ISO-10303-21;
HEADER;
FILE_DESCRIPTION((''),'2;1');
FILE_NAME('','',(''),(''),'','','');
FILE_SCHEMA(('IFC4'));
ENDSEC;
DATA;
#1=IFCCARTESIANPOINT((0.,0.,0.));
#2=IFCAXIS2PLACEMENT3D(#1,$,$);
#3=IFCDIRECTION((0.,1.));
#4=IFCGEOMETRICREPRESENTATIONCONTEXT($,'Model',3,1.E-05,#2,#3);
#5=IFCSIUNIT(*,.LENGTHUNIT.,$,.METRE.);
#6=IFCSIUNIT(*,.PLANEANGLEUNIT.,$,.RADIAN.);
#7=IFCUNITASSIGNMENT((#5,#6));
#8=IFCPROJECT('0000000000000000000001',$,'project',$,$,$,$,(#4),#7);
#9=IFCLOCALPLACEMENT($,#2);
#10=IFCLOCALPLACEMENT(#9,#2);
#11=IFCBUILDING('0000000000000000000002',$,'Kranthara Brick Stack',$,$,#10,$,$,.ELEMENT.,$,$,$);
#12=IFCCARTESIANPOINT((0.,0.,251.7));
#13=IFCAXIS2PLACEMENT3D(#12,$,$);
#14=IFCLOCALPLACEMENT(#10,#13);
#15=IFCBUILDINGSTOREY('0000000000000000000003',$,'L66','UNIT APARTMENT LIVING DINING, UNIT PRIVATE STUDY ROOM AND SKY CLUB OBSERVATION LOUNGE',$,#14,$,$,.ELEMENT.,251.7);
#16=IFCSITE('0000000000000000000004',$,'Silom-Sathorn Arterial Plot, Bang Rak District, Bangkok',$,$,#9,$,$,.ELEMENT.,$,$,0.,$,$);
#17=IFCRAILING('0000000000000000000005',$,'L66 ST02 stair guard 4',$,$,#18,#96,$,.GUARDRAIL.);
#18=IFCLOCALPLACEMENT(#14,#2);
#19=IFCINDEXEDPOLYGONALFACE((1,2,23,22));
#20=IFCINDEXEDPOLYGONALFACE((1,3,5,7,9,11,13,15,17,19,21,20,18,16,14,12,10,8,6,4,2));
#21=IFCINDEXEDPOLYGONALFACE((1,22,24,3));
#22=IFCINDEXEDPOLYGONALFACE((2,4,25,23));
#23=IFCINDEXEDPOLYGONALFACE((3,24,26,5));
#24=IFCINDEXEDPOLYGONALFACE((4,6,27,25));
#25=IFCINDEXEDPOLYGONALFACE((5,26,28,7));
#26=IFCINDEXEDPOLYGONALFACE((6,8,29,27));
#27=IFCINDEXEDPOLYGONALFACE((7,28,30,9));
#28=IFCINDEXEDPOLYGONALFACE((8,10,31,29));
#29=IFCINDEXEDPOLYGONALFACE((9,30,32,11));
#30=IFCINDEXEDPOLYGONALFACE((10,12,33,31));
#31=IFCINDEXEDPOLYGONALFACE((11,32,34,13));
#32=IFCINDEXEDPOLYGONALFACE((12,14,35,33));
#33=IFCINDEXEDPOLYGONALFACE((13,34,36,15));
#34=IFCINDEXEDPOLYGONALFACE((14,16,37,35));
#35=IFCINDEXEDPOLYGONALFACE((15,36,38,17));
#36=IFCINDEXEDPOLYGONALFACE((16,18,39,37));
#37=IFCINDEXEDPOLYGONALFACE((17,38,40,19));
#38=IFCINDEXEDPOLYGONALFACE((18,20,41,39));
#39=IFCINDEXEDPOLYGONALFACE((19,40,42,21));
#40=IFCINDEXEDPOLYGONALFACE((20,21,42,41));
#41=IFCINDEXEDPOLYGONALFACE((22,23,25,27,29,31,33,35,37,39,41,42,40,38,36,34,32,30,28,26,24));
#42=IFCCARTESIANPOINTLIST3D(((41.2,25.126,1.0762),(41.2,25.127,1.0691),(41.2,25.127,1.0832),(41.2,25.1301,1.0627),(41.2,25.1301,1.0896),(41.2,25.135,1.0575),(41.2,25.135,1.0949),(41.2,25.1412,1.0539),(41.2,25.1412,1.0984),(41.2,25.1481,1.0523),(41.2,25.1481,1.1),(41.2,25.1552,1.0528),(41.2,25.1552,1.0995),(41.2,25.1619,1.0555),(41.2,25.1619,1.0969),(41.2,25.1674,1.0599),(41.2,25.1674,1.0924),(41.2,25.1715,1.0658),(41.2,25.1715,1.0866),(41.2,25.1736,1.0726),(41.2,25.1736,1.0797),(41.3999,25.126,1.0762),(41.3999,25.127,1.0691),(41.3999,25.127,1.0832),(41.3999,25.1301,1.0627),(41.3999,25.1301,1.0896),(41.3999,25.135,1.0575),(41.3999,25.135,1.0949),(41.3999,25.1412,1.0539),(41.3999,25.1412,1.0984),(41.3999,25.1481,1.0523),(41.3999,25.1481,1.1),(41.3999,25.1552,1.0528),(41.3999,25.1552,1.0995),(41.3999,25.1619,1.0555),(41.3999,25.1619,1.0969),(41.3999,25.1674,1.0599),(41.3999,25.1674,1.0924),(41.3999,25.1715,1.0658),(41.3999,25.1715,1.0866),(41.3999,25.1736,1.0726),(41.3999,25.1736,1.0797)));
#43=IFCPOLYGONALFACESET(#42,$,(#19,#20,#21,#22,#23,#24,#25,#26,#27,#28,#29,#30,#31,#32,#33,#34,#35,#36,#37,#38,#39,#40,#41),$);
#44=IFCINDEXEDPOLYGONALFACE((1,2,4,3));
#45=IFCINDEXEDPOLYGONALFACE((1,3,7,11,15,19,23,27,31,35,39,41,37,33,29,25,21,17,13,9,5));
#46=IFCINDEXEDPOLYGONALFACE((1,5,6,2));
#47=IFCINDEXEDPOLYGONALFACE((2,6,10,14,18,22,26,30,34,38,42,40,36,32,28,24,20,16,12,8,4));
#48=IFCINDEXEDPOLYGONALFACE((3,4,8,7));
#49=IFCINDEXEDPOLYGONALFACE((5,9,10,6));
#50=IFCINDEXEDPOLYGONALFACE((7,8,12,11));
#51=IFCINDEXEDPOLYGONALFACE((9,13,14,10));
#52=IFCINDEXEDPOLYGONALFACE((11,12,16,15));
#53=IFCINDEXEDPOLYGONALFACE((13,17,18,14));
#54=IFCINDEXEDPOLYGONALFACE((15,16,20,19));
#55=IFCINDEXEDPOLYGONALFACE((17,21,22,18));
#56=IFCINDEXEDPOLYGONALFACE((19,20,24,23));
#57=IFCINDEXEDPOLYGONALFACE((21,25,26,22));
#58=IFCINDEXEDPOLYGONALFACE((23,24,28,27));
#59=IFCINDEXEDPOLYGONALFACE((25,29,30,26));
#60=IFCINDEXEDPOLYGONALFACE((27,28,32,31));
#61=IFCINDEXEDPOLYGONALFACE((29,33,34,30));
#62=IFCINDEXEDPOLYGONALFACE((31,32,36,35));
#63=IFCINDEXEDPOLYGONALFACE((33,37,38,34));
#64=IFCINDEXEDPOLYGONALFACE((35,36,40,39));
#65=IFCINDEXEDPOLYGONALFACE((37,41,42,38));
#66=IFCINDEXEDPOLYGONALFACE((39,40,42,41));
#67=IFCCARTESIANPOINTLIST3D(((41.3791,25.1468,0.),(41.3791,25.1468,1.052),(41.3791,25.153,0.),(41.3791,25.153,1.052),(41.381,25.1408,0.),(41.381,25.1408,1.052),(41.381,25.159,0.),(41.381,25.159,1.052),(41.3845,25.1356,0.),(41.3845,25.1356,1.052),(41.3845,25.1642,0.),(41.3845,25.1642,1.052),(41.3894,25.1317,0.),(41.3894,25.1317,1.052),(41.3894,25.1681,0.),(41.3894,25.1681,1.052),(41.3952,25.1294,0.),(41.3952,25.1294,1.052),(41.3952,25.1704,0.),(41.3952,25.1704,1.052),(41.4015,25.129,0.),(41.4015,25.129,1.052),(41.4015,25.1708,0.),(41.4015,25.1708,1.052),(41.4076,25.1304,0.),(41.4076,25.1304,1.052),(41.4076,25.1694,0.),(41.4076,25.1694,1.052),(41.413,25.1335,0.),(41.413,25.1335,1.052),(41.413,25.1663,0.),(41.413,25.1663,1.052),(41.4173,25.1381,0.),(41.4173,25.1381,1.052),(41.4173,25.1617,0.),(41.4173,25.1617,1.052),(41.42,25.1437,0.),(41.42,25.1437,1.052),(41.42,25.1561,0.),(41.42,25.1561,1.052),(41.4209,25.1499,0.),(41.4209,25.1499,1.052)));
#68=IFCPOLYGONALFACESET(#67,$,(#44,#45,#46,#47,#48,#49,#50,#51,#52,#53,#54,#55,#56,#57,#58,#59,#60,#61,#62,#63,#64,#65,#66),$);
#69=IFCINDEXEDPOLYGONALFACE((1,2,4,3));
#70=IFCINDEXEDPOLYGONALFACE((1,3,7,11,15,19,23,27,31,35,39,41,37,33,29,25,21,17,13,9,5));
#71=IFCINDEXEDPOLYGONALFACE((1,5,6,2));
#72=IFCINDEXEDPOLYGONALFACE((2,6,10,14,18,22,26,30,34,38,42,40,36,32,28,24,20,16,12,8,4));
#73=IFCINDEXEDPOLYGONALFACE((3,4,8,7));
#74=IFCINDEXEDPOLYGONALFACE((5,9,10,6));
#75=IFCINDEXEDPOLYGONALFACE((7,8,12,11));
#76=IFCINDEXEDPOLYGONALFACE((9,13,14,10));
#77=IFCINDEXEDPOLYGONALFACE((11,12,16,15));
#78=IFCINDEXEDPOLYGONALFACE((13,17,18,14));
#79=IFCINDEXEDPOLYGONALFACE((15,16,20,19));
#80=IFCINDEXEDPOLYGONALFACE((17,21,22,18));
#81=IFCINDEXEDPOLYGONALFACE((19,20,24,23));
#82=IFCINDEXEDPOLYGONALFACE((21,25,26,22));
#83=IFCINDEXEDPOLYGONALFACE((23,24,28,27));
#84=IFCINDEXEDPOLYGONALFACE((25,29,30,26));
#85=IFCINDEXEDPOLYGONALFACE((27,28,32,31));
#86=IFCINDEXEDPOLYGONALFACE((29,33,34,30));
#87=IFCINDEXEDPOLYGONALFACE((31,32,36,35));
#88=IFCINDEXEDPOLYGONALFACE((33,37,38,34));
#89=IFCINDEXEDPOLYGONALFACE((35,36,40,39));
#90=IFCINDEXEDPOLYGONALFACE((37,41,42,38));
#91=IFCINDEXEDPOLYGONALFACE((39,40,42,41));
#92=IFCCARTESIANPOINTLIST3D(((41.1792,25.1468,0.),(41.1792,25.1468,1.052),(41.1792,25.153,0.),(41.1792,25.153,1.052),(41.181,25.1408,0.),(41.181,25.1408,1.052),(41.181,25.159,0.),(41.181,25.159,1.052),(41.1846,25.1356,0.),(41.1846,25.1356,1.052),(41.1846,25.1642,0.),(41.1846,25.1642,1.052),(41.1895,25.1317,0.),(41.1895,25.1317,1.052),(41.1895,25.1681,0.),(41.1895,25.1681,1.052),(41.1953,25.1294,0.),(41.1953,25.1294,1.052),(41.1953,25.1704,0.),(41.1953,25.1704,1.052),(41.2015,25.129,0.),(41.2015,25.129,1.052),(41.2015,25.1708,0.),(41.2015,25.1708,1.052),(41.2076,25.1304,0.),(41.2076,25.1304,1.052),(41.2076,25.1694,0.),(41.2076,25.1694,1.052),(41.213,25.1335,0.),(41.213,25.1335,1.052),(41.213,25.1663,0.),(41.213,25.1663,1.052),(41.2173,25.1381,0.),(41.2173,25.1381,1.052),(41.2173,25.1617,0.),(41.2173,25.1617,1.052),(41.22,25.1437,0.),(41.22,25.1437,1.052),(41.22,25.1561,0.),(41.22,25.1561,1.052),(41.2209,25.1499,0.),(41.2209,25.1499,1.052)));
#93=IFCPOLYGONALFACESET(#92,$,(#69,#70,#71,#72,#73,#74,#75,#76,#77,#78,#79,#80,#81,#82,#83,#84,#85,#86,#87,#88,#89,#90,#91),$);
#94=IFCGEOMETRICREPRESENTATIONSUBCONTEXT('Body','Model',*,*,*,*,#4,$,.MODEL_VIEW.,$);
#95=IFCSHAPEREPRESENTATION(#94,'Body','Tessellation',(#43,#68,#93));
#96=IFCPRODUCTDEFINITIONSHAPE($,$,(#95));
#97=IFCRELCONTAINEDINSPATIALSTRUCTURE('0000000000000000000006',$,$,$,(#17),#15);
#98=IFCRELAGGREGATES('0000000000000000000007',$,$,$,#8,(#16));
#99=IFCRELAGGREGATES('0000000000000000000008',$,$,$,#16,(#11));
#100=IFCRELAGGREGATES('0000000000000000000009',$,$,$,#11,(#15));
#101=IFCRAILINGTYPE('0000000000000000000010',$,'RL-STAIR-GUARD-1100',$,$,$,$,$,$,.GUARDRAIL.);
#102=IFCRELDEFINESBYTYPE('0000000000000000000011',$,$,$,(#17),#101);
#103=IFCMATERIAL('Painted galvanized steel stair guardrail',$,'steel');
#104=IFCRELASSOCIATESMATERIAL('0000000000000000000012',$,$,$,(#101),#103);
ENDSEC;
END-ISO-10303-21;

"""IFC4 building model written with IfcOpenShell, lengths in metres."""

from ifc_helpers import new_model, si_unit, direction, frame, origin, origin_2d, place, context, subcontext, project, spatial, circle, extrude, material, type_object, element, save


model = new_model("IFC4")

# Units and contexts
model_context = context("Model", 3, precision=1e-05, world=origin(), true_north=direction((0.0, 1.0)))
body_context = subcontext(model_context, "Body", "Model", "MODEL_VIEW")
ifc_project = project(units=[si_unit("LENGTHUNIT", "METRE"), si_unit("PLANEANGLEUNIT", "RADIAN")], contexts=[model_context])

# Site, building, storey
site_placement = place(None, origin())
site = spatial("IfcSite", under=ifc_project, at=site_placement, Name="Silom-Sathorn Arterial Plot, Bang Rak District, Bangkok", CompositionType="ELEMENT", RefElevation=0.0)
building_placement = place(site_placement, origin())
building = spatial("IfcBuilding", under=site, at=building_placement, Name="Kranthara Brick Stack", CompositionType="ELEMENT")
storey_placement = place(building_placement, frame((0.0, 0.0, 251.7)))
storey = spatial("IfcBuildingStorey", under=building, at=storey_placement, Name="L66", Description="UNIT APARTMENT LIVING DINING, UNIT PRIVATE STUDY ROOM AND SKY CLUB OBSERVATION LOUNGE", CompositionType="ELEMENT", Elevation=251.7)

# Railing
ifc_material_1 = material(Name="Painted galvanized steel stair guardrail", Category="steel")
railing_type_1 = type_object("IfcRailingType", Name="RL-STAIR-GUARD-1100", PredefinedType="GUARDRAIL", material=ifc_material_1)
railing_1_placement = place(storey_placement, frame((41.3999, 25.1499, 0.0)))
element("IfcRailing", 1, at=railing_1_placement, inside=storey, type_object=railing_type_1, Name="L66 ST02 stair guard 4", PredefinedType="GUARDRAIL", context=body_context, shape_type="SweptSolid", body=[
    extrude(circle(Radius=0.0239, at=origin_2d()), frame((0.0, 0.0, 1.0762), z_axis=(-1.0, 0.0, 0.0), x_axis=(0.0, -1.0, 0.0)), (0.0, 0.0, 1.0), 0.2),
    extrude(circle(Radius=0.021, at=origin_2d()), origin(), (0.0, 0.0, 1.0), 1.052),
    extrude(circle(Radius=0.021, at=origin_2d()), frame((-0.2, 0.0, 0.0)), (0.0, 0.0, 1.0), 1.052),
])

save(model, "model.ifc")
